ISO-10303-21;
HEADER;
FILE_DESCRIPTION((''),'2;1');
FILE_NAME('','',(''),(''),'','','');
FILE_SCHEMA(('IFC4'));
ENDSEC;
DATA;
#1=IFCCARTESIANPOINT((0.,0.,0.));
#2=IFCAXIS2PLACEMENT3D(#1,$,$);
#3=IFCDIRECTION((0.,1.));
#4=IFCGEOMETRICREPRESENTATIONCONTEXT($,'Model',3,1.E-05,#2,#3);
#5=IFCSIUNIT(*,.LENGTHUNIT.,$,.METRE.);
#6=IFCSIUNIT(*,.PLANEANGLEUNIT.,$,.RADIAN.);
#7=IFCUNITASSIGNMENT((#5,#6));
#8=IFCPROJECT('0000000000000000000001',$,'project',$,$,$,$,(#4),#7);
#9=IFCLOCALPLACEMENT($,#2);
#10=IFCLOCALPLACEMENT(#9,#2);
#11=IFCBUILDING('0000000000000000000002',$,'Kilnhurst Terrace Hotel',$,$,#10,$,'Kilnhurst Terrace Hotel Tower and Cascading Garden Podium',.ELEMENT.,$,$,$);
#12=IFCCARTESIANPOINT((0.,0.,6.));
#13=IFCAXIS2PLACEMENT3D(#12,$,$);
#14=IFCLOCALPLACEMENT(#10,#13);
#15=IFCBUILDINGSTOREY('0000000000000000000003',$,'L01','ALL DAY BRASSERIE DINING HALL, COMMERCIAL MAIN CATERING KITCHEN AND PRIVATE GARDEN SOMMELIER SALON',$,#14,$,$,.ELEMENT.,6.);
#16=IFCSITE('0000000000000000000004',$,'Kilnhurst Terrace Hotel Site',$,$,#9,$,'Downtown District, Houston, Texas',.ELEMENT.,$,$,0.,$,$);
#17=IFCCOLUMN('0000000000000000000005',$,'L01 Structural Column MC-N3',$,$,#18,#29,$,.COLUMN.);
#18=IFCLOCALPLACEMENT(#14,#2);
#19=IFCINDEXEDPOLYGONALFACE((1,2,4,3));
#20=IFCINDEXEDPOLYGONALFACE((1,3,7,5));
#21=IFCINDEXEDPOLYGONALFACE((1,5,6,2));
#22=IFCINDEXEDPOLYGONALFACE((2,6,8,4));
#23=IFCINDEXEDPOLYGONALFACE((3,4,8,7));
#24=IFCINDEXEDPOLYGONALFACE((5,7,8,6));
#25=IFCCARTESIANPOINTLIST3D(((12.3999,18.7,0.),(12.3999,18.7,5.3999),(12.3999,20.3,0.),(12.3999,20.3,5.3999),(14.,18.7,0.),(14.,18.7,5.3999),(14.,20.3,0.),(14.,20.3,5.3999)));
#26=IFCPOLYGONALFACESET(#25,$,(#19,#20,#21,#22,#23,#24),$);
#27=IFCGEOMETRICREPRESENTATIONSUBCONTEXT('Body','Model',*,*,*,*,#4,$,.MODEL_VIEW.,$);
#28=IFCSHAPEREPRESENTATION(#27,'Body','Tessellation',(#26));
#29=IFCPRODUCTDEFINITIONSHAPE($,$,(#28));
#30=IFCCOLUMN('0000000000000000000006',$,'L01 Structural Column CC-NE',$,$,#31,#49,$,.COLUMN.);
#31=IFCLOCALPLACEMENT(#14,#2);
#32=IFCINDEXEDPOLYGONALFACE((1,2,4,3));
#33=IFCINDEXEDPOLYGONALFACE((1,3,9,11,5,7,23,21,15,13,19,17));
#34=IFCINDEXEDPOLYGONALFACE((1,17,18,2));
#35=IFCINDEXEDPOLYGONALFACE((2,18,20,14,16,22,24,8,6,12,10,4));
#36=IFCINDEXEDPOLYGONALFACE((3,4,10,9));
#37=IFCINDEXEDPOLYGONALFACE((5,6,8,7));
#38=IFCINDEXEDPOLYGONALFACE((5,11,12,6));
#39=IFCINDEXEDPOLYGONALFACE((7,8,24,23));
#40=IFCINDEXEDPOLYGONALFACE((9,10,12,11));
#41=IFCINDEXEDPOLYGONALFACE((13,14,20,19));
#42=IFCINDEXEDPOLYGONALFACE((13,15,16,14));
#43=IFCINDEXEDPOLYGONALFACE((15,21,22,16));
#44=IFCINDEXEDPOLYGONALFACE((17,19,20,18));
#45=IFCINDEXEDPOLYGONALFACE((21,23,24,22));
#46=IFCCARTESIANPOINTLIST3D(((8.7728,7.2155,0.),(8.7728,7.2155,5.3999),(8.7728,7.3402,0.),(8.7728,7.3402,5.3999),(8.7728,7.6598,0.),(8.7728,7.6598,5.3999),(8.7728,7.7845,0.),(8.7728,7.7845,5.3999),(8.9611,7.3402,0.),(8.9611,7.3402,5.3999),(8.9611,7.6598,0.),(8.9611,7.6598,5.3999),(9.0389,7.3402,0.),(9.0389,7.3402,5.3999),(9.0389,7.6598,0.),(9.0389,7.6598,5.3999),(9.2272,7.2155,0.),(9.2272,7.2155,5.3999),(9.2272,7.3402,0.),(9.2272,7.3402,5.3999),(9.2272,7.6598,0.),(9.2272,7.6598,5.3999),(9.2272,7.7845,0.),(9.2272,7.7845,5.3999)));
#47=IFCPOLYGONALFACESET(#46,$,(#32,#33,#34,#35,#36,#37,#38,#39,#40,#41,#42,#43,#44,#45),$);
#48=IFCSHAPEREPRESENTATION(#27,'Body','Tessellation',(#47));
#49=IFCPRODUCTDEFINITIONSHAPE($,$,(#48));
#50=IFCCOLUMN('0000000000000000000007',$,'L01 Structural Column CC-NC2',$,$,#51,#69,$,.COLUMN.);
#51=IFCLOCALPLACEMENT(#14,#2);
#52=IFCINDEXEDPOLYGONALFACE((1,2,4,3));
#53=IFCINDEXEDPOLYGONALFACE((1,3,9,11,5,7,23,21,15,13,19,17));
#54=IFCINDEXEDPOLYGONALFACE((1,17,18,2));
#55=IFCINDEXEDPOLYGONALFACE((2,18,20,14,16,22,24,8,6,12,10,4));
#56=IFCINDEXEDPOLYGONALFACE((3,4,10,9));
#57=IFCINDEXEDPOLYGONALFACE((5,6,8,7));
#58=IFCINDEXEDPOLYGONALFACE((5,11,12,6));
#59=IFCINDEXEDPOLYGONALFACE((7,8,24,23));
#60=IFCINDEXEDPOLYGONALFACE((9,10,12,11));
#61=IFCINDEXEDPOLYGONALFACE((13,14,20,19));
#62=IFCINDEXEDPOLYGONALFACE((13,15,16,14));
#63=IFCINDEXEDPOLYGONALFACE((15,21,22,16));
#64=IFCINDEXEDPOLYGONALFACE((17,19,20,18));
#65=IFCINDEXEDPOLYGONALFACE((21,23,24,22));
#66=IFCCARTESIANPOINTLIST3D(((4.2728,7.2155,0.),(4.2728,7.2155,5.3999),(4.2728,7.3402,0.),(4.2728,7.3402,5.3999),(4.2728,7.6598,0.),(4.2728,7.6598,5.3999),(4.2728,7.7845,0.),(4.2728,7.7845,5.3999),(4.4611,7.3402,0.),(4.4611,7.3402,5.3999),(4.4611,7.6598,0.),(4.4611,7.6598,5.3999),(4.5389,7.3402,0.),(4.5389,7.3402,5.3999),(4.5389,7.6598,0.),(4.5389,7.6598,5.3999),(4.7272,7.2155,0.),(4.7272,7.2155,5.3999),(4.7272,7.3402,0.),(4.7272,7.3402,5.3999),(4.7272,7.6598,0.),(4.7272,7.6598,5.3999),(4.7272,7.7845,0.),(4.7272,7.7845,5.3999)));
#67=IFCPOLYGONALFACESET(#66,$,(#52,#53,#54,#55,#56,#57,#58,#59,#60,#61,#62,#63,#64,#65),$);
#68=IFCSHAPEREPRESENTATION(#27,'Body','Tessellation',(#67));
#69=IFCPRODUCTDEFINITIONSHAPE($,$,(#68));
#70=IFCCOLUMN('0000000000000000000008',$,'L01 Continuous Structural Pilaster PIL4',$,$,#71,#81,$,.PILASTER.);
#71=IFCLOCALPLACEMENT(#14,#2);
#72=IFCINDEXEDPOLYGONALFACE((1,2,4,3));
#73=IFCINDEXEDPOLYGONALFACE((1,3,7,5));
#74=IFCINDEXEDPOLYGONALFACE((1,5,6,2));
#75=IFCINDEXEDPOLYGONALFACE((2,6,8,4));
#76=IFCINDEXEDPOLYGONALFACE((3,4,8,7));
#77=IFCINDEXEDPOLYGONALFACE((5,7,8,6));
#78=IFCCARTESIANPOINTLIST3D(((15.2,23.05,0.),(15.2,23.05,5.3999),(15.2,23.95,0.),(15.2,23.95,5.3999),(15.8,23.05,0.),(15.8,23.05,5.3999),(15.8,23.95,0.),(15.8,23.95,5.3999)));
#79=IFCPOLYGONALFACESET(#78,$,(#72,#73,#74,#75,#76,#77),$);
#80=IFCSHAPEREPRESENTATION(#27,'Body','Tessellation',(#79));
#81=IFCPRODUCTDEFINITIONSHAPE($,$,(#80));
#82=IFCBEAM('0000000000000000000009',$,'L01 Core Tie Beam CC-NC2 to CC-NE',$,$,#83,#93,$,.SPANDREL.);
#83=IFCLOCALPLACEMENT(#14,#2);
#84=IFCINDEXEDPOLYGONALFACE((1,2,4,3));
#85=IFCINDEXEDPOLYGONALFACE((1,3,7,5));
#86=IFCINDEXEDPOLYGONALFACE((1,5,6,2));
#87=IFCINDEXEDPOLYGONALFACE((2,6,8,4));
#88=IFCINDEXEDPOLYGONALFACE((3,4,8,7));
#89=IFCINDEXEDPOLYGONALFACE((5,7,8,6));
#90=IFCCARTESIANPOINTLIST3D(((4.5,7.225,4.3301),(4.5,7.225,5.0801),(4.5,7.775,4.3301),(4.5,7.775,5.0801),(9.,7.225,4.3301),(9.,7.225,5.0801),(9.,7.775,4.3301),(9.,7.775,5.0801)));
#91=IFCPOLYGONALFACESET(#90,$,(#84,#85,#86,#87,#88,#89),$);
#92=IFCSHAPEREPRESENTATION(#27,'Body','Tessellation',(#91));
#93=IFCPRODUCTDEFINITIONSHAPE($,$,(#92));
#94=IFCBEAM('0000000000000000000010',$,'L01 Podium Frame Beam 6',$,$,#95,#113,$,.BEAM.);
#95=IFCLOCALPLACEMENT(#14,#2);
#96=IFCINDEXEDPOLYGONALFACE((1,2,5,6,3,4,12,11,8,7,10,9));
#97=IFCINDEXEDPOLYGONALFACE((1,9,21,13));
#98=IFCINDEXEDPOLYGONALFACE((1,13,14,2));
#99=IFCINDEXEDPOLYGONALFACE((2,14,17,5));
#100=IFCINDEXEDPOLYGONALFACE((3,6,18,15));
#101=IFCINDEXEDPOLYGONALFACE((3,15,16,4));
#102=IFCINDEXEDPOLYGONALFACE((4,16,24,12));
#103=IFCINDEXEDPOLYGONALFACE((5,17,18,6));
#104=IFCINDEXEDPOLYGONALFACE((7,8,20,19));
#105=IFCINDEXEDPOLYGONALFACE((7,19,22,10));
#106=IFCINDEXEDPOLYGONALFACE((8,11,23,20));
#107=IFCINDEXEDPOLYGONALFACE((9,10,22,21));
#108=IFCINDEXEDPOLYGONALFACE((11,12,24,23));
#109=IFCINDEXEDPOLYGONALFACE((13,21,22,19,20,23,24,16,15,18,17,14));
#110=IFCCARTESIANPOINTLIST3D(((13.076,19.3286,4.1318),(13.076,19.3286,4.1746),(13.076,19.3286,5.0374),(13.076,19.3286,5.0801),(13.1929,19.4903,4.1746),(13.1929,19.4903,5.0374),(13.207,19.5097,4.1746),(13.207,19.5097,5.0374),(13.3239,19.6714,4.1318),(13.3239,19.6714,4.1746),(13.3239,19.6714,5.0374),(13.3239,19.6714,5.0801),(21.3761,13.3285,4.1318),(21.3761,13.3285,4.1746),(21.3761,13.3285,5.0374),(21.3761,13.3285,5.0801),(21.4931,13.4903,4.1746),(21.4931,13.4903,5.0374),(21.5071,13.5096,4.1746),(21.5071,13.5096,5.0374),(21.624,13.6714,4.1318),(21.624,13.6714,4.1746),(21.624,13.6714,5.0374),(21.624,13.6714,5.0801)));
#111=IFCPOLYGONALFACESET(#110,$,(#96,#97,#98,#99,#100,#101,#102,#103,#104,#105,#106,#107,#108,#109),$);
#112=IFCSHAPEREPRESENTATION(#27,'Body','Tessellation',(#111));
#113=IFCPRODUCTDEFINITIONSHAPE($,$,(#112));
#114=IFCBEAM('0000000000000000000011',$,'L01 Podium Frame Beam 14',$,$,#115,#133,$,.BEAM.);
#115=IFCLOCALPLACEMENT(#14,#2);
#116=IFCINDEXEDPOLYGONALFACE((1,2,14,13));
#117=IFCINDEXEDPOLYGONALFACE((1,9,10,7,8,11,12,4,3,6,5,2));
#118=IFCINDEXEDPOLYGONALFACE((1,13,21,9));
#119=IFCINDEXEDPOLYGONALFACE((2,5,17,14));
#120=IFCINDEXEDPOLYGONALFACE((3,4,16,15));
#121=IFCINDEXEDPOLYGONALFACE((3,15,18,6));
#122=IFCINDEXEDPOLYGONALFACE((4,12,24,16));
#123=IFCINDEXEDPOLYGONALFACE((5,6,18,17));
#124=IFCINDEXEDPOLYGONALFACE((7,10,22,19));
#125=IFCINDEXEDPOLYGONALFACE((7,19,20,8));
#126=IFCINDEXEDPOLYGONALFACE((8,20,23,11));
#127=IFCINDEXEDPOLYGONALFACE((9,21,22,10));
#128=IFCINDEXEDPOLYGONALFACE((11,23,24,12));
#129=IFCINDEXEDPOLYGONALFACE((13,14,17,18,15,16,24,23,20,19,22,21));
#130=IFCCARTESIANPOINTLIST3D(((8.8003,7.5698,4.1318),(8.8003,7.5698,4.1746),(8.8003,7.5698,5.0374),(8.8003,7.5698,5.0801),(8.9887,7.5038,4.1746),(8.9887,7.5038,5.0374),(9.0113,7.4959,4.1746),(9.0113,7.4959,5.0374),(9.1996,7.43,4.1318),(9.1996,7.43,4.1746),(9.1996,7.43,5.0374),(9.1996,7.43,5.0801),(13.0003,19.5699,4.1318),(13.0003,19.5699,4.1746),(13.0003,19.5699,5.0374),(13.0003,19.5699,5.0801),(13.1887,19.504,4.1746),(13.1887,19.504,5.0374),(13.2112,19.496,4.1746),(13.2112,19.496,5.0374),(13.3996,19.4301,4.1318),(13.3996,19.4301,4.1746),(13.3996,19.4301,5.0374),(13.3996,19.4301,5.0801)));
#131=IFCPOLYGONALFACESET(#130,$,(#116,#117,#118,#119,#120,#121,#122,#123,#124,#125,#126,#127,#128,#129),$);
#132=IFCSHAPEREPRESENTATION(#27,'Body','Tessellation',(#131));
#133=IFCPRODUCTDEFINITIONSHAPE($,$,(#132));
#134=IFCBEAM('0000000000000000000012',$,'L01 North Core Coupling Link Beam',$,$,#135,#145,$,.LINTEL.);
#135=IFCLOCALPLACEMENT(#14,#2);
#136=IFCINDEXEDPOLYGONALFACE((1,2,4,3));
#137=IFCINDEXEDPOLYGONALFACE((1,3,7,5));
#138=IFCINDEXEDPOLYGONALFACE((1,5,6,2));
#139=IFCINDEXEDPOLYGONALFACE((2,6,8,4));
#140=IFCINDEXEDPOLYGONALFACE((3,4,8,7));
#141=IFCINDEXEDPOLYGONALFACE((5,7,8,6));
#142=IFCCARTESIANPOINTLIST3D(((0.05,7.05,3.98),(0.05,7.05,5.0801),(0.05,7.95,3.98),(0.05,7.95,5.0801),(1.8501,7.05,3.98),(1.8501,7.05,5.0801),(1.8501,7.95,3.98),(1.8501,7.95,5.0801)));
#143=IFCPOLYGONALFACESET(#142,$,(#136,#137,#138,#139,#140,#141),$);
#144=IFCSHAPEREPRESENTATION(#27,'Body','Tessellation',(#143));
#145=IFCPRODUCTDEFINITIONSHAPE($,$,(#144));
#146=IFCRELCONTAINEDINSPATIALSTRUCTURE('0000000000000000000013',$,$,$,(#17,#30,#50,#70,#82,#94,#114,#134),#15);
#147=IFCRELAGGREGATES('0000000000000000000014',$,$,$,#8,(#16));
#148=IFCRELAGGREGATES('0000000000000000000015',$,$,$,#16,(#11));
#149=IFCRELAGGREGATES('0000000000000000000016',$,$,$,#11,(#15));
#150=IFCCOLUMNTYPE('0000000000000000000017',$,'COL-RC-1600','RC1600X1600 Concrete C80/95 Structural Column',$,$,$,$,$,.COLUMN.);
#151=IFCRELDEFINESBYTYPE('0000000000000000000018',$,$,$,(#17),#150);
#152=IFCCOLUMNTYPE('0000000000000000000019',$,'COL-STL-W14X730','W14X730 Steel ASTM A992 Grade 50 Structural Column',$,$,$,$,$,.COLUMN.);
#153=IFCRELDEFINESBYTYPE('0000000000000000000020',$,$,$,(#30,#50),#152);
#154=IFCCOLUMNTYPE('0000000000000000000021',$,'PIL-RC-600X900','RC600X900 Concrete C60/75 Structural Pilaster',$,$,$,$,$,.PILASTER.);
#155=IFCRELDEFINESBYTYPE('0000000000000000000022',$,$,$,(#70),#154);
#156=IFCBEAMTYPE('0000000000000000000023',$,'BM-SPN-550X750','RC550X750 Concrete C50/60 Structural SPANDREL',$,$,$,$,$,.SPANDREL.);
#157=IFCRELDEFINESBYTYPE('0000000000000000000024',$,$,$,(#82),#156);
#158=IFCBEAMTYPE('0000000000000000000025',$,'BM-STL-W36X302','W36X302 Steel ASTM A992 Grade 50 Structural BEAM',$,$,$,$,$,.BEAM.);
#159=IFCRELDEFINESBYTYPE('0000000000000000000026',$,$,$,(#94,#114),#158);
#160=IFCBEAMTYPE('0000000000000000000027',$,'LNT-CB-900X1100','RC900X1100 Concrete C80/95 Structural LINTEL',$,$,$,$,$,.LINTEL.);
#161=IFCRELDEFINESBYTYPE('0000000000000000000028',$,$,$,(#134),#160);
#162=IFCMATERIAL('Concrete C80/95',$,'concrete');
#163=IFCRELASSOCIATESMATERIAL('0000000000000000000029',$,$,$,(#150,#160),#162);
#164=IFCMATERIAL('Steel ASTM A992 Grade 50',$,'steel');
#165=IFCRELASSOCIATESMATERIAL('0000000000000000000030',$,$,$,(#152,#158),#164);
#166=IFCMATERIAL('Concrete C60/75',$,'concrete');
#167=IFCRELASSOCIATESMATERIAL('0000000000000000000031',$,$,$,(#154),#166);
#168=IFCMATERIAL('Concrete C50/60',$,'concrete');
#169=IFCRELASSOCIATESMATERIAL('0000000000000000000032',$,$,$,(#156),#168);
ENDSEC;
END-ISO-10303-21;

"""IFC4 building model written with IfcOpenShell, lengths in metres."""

from ifc_helpers import new_model, si_unit, direction, frame, origin, origin_2d, place, context, subcontext, project, spatial, rectangle, i_section, extrude, material, material_profile, profile_set, type_object, element, save


model = new_model("IFC4")

# Units and contexts
model_context = context("Model", 3, precision=1e-05, world=origin(), true_north=direction((0.0, 1.0)))
body_context = subcontext(model_context, "Body", "Model", "MODEL_VIEW")
ifc_project = project(units=[si_unit("LENGTHUNIT", "METRE"), si_unit("PLANEANGLEUNIT", "RADIAN")], contexts=[model_context])

# Site, building, storey
site_placement = place(None, origin())
site = spatial("IfcSite", under=ifc_project, at=site_placement, Name="Kilnhurst Terrace Hotel Site", LongName="Downtown District, Houston, Texas", CompositionType="ELEMENT", RefElevation=0.0)
building_placement = place(site_placement, origin())
building = spatial("IfcBuilding", under=site, at=building_placement, Name="Kilnhurst Terrace Hotel", LongName="Kilnhurst Terrace Hotel Tower and Cascading Garden Podium", CompositionType="ELEMENT")
storey_placement = place(building_placement, frame((0.0, 0.0, 6.0)))
storey = spatial("IfcBuildingStorey", under=building, at=storey_placement, Name="L01", Description="ALL DAY BRASSERIE DINING HALL, COMMERCIAL MAIN CATERING KITCHEN AND PRIVATE GARDEN SOMMELIER SALON", CompositionType="ELEMENT", Elevation=6.0)

# Columns
ifc_material_1 = material(Name="Concrete C80/95", Category="concrete")
ifc_material_profile_1 = material_profile(ifc_material_1, rectangle(XDim=1.6001, YDim=1.6001, at=origin_2d()), Name="RC1600X1600")
ifc_profile_set_1 = profile_set([ifc_material_profile_1], Name="Concrete C80/95")
column_type_1 = type_object("IfcColumnType", Name="COL-RC-1600", Description="RC1600X1600 Concrete C80/95 Structural Column", PredefinedType="COLUMN", material=ifc_profile_set_1)
column_1_placement = place(storey_placement, frame((13.2, 19.5, 0.0), z_axis=(0.0, 0.0, 1.0), x_axis=(1.0, 0.0, 0.0)))
element("IfcColumn", 1, at=column_1_placement, inside=storey, type_object=column_type_1, Name="L01 Structural Column MC-N3", PredefinedType="COLUMN", context=body_context, shape_type="SweptSolid", body=[
    extrude(rectangle(XDim=1.6001, YDim=1.6001, at=origin_2d()), origin(), (0.0, 0.0, 1.0), 5.3999),
])
ifc_material_2 = material(Name="Steel ASTM A992 Grade 50", Category="steel")
ifc_material_profile_2 = material_profile(ifc_material_2, i_section(OverallWidth=0.4543, OverallDepth=0.5691, WebThickness=0.0779, FlangeThickness=0.1248, at=origin_2d()), Name="W14X730")
ifc_profile_set_2 = profile_set([ifc_material_profile_2], Name="Steel ASTM A992 Grade 50")
column_type_2 = type_object("IfcColumnType", Name="COL-STL-W14X730", Description="W14X730 Steel ASTM A992 Grade 50 Structural Column", PredefinedType="COLUMN", material=ifc_profile_set_2)
for number, where, z_axis, x_axis, name in (
    (2, (9.0, 7.5, 0.0), (0.0, 0.0, 1.0), (1.0, 0.0, 0.0), "L01 Structural Column CC-NE"),
    (3, (4.5, 7.5, 0.0), (0.0, 0.0, 1.0), (1.0, 0.0, 0.0), "L01 Structural Column CC-NC2"),
):
    element("IfcColumn", number, at=place(storey_placement, frame(where, z_axis=z_axis, x_axis=x_axis)), inside=storey, type_object=column_type_2, Name=name, PredefinedType="COLUMN", context=body_context, shape_type="SweptSolid", body=[
        extrude(i_section(OverallWidth=0.4543, OverallDepth=0.5691, WebThickness=0.0779, FlangeThickness=0.1248, at=origin_2d()), origin(), (0.0, 0.0, 1.0), 5.3999),
    ])
ifc_material_3 = material(Name="Concrete C60/75", Category="concrete")
ifc_material_profile_3 = material_profile(ifc_material_3, rectangle(XDim=0.6001, YDim=0.8999, at=origin_2d()), Name="RC600X900")
ifc_profile_set_3 = profile_set([ifc_material_profile_3], Name="Concrete C60/75")
column_type_3 = type_object("IfcColumnType", Name="PIL-RC-600X900", Description="RC600X900 Concrete C60/75 Structural Pilaster", PredefinedType="PILASTER", material=ifc_profile_set_3)
column_2_placement = place(storey_placement, frame((15.5, 23.5, 0.0), z_axis=(0.0, 0.0, 1.0), x_axis=(1.0, 0.0, 0.0)))
element("IfcColumn", 4, at=column_2_placement, inside=storey, type_object=column_type_3, Name="L01 Continuous Structural Pilaster PIL4", PredefinedType="PILASTER", context=body_context, shape_type="SweptSolid", body=[
    extrude(rectangle(XDim=0.6001, YDim=0.8999, at=origin_2d()), origin(), (0.0, 0.0, 1.0), 5.3999),
])

# Beams
ifc_material_4 = material(Name="Concrete C50/60", Category="concrete")
ifc_material_profile_4 = material_profile(ifc_material_4, rectangle(XDim=0.55, YDim=0.75, at=origin_2d()), Name="RC550X750")
ifc_profile_set_4 = profile_set([ifc_material_profile_4], Name="Concrete C50/60")
beam_type_1 = type_object("IfcBeamType", Name="BM-SPN-550X750", Description="RC550X750 Concrete C50/60 Structural SPANDREL", PredefinedType="SPANDREL", material=ifc_profile_set_4)
beam_1_placement = place(storey_placement, frame((4.5, 7.5, 4.7051), z_axis=(1.0, 0.0, 0.0), x_axis=(0.0, 1.0, 0.0)))
element("IfcBeam", 5, at=beam_1_placement, inside=storey, type_object=beam_type_1, Name="L01 Core Tie Beam CC-NC2 to CC-NE", PredefinedType="SPANDREL", context=body_context, shape_type="SweptSolid", body=[
    extrude(rectangle(XDim=0.55, YDim=0.75, at=origin_2d()), origin(), (0.0, 0.0, 1.0), 4.5),
])
ifc_material_profile_5 = material_profile(ifc_material_2, i_section(OverallWidth=0.4231, OverallDepth=0.9482, WebThickness=0.0239, FlangeThickness=0.0427, at=origin_2d()), Name="W36X302")
ifc_profile_set_5 = profile_set([ifc_material_profile_5], Name="Steel ASTM A992 Grade 50")
beam_type_2 = type_object("IfcBeamType", Name="BM-STL-W36X302", Description="W36X302 Steel ASTM A992 Grade 50 Structural BEAM", PredefinedType="BEAM", material=ifc_profile_set_5)
beam_2_placement = place(storey_placement, frame((13.2, 19.5, 4.606), z_axis=(0.810423, -0.585845, 0.0), x_axis=(0.585845, 0.810423, 0.0)))
element("IfcBeam", 6, at=beam_2_placement, inside=storey, type_object=beam_type_2, Name="L01 Podium Frame Beam 6", PredefinedType="BEAM", context=body_context, shape_type="SweptSolid", body=[
    extrude(i_section(OverallWidth=0.4231, OverallDepth=0.9482, WebThickness=0.0239, FlangeThickness=0.0427, at=origin_2d()), origin(), (0.0, 0.0, 1.0), 10.2417),
])
beam_3_placement = place(storey_placement, frame((13.2, 19.5, 4.606), z_axis=(-0.330347, -0.94386, 0.0), x_axis=(0.94386, -0.330347, 0.0)))
element("IfcBeam", 7, at=beam_3_placement, inside=storey, type_object=beam_type_2, Name="L01 Podium Frame Beam 14", PredefinedType="BEAM", context=body_context, shape_type="SweptSolid", body=[
    extrude(i_section(OverallWidth=0.4231, OverallDepth=0.9482, WebThickness=0.0239, FlangeThickness=0.0427, at=origin_2d()), origin(), (0.0, 0.0, 1.0), 12.7139),
])
ifc_material_profile_6 = material_profile(ifc_material_1, rectangle(XDim=0.8999, YDim=1.1001, at=origin_2d()), Name="RC900X1100")
ifc_profile_set_6 = profile_set([ifc_material_profile_6], Name="Concrete C80/95")
beam_type_3 = type_object("IfcBeamType", Name="LNT-CB-900X1100", Description="RC900X1100 Concrete C80/95 Structural LINTEL", PredefinedType="LINTEL", material=ifc_profile_set_6)
beam_4_placement = place(storey_placement, frame((0.05, 7.5, 4.53), z_axis=(1.0, 0.0, 0.0), x_axis=(0.0, 1.0, 0.0)))
element("IfcBeam", 8, at=beam_4_placement, inside=storey, type_object=beam_type_3, Name="L01 North Core Coupling Link Beam", PredefinedType="LINTEL", context=body_context, shape_type="SweptSolid", body=[
    extrude(rectangle(XDim=0.8999, YDim=1.1001, at=origin_2d()), origin(), (0.0, 0.0, 1.0), 1.8),
])

save(model, "model.ifc")
